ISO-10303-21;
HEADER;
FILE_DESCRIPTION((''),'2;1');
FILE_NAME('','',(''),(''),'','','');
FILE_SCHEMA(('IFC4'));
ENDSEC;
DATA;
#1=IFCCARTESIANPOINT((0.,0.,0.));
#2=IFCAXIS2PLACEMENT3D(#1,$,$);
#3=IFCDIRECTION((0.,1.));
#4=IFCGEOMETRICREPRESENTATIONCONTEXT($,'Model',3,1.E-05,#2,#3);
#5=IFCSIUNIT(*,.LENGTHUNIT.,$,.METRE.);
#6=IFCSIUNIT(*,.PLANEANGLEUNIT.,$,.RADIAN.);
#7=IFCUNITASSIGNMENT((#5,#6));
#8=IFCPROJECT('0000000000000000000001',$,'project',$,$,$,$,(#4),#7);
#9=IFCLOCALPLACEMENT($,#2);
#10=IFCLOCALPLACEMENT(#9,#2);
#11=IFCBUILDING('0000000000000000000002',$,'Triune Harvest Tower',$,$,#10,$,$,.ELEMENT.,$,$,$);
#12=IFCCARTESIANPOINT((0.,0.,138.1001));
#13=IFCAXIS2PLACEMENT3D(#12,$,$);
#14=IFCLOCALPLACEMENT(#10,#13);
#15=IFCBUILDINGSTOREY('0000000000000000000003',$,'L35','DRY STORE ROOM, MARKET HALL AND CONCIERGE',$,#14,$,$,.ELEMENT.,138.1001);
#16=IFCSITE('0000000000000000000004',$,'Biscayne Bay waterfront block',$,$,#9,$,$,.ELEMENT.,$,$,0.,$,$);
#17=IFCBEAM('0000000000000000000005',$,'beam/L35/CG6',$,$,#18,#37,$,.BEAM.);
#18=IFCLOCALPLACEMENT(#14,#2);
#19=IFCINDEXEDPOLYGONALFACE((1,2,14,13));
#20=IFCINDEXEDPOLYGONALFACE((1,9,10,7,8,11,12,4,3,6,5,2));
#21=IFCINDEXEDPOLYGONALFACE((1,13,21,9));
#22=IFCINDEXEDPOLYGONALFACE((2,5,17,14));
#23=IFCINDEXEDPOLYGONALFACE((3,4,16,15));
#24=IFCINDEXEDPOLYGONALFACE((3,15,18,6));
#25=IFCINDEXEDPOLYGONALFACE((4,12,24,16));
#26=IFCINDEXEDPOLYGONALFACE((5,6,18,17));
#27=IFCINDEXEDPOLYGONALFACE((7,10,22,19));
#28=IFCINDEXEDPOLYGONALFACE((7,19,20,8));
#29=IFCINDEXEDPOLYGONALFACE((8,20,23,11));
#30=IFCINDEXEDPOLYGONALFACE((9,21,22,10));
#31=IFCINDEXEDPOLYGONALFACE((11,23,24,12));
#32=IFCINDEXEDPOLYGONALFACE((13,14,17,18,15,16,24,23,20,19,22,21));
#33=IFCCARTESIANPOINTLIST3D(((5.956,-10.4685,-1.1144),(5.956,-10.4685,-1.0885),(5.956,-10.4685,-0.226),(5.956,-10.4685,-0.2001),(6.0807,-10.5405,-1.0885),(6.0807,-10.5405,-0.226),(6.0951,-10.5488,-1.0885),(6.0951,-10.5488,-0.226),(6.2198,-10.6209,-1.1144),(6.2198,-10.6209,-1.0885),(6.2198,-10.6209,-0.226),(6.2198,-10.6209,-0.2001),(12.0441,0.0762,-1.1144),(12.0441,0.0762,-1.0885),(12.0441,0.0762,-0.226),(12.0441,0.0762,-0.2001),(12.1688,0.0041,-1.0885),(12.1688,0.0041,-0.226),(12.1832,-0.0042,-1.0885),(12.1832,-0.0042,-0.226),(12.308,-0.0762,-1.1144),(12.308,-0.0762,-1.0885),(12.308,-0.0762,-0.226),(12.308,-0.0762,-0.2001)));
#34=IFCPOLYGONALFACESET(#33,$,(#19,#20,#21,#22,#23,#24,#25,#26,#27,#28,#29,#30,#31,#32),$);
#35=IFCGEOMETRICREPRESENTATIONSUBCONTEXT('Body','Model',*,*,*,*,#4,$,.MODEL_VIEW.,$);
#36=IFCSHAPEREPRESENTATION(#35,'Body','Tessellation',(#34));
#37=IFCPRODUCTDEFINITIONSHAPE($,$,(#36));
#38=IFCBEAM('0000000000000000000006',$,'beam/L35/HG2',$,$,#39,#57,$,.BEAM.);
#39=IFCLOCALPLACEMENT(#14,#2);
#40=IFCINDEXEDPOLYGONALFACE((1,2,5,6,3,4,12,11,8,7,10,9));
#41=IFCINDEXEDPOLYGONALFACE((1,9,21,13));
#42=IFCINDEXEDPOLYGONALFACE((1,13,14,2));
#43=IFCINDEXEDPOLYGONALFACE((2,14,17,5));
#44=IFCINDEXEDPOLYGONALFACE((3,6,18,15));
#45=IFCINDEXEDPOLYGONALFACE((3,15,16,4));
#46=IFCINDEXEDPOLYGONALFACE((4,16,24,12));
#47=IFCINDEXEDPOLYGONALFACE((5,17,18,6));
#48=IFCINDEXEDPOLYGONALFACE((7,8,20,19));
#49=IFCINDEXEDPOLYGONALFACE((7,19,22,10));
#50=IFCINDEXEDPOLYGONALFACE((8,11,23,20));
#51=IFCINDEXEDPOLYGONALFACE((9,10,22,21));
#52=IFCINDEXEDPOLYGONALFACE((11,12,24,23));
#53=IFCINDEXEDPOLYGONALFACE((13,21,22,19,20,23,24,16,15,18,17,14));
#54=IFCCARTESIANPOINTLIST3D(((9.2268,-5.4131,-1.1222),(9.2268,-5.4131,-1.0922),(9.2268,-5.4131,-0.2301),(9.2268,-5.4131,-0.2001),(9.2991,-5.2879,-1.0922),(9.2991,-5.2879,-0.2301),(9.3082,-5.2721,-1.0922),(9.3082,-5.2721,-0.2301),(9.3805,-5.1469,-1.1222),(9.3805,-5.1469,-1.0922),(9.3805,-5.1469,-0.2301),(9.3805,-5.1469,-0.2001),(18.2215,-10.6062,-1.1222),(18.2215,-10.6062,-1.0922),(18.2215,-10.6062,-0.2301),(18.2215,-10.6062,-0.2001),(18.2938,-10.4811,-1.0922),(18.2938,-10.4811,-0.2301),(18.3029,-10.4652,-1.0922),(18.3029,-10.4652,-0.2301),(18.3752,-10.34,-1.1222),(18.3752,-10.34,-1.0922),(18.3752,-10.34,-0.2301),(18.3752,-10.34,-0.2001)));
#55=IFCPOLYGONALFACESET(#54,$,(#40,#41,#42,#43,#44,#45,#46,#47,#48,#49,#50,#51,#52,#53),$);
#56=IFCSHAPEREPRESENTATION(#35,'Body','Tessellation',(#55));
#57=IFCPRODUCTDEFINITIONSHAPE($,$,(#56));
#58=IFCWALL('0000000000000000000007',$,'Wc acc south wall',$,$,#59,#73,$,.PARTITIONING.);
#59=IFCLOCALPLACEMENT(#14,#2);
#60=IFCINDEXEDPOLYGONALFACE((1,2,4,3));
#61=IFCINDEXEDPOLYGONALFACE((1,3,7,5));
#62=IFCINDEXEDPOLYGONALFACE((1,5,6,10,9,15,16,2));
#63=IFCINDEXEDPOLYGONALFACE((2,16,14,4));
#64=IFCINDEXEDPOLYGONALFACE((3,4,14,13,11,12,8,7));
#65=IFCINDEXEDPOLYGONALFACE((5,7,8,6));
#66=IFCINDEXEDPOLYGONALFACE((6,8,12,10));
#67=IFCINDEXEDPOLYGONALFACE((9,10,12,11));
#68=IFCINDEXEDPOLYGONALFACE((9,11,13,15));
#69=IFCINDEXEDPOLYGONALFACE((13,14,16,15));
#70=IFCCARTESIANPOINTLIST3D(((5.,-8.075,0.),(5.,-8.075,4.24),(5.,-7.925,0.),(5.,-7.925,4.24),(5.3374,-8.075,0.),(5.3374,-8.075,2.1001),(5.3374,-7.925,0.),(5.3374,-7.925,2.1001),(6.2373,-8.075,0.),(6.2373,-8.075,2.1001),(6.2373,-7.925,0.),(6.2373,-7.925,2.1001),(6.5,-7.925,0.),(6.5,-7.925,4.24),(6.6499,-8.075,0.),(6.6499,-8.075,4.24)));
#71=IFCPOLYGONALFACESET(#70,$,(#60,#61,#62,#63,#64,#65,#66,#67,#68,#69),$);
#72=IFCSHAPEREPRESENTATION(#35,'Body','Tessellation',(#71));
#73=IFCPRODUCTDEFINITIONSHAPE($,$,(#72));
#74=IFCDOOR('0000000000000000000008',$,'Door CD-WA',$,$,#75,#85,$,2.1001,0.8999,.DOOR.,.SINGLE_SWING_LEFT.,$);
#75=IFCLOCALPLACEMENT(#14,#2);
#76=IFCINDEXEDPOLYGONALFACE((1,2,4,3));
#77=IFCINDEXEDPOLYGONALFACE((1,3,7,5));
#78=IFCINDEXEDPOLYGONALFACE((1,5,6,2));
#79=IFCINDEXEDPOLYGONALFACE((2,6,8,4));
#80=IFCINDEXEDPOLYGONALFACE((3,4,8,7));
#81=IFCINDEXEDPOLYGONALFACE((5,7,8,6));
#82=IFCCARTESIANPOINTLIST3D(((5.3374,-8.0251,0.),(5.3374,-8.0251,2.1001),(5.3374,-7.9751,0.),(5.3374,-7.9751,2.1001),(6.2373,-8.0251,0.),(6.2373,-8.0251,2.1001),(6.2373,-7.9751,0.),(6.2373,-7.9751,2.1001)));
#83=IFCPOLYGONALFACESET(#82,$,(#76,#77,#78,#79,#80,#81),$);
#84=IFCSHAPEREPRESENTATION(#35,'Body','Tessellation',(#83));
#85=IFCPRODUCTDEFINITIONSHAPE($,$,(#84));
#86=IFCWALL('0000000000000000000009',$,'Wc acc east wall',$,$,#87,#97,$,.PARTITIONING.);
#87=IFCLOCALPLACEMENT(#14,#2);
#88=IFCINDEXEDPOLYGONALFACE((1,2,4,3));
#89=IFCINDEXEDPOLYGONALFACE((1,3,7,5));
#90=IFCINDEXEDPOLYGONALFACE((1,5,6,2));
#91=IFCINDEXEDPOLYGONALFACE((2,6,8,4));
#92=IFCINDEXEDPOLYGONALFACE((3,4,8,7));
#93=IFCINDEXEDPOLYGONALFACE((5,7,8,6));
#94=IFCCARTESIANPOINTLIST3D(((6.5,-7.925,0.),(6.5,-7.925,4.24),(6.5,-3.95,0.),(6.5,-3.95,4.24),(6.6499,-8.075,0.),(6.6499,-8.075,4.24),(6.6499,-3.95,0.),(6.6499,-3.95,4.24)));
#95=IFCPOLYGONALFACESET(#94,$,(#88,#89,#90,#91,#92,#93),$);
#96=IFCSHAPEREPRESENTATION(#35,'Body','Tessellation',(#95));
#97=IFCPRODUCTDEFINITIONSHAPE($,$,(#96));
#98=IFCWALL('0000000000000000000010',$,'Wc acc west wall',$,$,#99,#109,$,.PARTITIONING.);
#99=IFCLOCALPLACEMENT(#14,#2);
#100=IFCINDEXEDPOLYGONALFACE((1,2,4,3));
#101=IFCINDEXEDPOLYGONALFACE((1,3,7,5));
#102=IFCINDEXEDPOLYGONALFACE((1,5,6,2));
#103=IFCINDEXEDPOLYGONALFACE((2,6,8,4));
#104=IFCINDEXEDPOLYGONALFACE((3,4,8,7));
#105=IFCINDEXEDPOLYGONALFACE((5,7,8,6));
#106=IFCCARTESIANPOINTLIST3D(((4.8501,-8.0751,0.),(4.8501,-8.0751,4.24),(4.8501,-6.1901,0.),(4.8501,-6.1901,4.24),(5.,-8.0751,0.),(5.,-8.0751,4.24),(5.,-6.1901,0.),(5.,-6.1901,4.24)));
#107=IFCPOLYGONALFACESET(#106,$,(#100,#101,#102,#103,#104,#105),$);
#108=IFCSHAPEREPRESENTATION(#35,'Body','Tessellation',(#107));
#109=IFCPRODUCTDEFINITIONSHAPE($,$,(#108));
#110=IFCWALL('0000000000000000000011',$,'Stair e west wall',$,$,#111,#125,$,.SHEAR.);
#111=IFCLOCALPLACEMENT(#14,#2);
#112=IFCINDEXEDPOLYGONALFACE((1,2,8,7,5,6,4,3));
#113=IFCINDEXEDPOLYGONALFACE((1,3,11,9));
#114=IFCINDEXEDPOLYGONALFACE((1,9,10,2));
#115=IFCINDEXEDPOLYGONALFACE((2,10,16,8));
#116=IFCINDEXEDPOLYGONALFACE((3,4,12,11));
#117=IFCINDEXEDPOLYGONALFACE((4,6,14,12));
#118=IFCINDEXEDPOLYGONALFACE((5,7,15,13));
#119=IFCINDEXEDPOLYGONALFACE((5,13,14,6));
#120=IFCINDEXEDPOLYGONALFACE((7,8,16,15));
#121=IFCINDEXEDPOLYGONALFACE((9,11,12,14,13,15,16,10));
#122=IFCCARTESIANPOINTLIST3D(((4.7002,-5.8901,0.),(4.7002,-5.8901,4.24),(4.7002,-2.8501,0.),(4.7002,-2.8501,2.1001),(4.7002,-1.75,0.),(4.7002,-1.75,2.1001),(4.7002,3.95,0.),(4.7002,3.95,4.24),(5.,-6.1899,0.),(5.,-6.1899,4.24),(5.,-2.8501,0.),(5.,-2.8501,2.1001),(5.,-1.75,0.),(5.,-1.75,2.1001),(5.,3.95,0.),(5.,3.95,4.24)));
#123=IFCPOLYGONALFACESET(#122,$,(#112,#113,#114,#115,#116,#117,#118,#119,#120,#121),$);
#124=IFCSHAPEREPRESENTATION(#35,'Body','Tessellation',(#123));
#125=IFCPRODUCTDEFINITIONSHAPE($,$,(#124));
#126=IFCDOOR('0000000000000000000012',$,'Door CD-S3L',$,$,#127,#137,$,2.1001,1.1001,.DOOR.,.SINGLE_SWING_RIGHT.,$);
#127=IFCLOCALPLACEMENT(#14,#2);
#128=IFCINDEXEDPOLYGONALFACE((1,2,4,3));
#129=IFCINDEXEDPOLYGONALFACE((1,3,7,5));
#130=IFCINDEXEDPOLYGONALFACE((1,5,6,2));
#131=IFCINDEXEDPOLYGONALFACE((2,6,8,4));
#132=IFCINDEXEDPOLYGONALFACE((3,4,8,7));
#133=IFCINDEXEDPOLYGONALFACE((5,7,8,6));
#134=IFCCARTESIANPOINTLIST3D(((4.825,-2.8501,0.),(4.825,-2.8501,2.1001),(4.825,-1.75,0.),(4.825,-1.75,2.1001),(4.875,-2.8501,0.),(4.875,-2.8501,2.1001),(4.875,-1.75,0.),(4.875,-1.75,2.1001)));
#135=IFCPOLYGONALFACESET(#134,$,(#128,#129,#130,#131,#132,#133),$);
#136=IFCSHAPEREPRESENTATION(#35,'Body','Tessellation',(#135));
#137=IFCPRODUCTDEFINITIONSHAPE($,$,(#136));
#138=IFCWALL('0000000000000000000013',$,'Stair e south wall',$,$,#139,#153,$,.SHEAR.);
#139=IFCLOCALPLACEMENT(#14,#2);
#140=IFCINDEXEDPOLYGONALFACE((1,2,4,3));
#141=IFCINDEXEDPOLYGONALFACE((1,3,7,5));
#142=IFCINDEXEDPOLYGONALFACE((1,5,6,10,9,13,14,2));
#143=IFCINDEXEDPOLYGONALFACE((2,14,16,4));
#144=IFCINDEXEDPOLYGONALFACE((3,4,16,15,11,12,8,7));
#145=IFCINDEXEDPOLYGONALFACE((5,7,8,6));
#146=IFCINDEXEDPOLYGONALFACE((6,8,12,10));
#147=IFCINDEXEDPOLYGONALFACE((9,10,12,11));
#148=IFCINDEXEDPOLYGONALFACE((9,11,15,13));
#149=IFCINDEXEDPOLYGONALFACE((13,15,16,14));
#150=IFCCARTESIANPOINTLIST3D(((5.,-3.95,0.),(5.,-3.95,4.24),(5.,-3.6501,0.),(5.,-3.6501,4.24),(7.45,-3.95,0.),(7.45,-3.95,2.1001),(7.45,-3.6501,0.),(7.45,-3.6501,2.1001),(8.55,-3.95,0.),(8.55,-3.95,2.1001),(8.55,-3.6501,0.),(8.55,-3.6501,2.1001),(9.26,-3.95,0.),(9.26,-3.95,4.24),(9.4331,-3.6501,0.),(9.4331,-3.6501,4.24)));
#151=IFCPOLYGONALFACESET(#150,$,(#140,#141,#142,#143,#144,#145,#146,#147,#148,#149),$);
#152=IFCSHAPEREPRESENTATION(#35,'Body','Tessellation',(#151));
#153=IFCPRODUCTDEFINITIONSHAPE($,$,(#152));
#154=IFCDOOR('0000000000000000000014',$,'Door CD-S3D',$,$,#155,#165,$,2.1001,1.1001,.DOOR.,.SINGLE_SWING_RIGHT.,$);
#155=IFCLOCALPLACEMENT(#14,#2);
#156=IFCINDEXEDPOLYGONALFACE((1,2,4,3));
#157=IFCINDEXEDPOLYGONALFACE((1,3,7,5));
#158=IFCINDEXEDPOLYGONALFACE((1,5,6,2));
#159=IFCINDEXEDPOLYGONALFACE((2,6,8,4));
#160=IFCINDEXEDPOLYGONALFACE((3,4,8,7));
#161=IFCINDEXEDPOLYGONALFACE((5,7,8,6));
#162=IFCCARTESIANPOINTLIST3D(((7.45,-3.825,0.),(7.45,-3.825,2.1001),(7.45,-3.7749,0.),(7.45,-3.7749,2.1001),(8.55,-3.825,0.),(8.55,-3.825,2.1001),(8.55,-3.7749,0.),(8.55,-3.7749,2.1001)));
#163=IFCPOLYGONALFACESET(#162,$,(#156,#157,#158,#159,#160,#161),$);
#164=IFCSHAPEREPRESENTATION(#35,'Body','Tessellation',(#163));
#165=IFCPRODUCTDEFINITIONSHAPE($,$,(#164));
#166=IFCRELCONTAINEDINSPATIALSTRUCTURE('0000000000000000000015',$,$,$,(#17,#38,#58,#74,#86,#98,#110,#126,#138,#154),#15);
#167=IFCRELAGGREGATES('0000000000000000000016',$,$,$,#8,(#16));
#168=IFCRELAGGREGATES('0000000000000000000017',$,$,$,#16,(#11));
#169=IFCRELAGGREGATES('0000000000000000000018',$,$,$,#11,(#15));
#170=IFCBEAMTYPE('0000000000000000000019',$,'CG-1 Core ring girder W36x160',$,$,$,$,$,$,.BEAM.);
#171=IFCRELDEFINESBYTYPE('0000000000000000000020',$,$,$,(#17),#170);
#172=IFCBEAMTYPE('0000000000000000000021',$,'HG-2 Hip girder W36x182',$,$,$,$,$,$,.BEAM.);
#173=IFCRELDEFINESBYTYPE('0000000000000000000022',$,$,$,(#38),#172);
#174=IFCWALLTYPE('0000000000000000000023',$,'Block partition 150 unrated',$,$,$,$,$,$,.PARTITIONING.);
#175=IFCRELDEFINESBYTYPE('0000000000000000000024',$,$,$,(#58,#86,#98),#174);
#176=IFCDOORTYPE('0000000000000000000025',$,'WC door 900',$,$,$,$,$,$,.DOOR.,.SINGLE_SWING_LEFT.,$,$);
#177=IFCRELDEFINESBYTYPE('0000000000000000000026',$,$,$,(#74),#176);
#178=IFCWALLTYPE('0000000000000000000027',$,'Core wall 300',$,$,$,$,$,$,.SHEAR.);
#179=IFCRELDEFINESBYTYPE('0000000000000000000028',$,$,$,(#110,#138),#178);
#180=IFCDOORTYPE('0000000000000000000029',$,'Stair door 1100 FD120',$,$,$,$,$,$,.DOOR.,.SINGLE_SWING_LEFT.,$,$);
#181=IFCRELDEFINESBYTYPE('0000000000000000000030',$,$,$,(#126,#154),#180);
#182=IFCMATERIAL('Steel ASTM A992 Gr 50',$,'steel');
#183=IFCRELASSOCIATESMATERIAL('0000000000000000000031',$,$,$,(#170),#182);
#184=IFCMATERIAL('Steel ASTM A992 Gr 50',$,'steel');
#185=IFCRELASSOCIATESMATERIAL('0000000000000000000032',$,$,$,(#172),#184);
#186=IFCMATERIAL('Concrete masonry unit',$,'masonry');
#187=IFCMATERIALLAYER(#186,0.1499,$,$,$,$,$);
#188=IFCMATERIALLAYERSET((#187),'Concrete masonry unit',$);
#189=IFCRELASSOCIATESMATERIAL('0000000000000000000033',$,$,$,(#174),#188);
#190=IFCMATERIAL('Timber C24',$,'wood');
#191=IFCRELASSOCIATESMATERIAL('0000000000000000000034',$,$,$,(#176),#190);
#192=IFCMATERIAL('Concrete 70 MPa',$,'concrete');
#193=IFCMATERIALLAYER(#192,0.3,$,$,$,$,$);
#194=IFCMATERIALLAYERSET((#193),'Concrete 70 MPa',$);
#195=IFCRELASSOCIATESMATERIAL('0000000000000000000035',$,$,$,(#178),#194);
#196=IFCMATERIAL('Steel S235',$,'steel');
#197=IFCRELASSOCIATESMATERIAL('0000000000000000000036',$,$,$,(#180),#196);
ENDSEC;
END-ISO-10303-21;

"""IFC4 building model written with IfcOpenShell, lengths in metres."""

from ifc_helpers import new_model, si_unit, direction, frame, frame_2d, origin, origin_2d, place, context, subcontext, project, spatial, polyline, rectangle, i_section, outline, extrude, source, transform, mapped, material, layer, layer_set, material_profile, profile_set, type_object, element, fill, save


model = new_model("IFC4")

# Units and contexts
model_context = context("Model", 3, precision=1e-05, world=origin(), true_north=direction((0.0, 1.0)))
body_context = subcontext(model_context, "Body", "Model", "MODEL_VIEW")
ifc_project = project(units=[si_unit("LENGTHUNIT", "METRE"), si_unit("PLANEANGLEUNIT", "RADIAN")], contexts=[model_context])

# Site, building, storey
site_placement = place(None, origin())
site = spatial("IfcSite", under=ifc_project, at=site_placement, Name="Biscayne Bay waterfront block", CompositionType="ELEMENT", RefElevation=0.0)
building_placement = place(site_placement, origin())
building = spatial("IfcBuilding", under=site, at=building_placement, Name="Triune Harvest Tower", CompositionType="ELEMENT")
storey_placement = place(building_placement, frame((0.0, 0.0, 138.1001)))
storey = spatial("IfcBuildingStorey", under=building, at=storey_placement, Name="L35", Description="DRY STORE ROOM, MARKET HALL AND CONCIERGE", CompositionType="ELEMENT", Elevation=138.1001)

# Beams
ifc_material_1 = material(Name="Steel ASTM A992 Gr 50", Category="steel")
ifc_material_profile_1 = material_profile(ifc_material_1, i_section(OverallWidth=0.3047, OverallDepth=0.9143, WebThickness=0.0166, FlangeThickness=0.0259, at=origin_2d()), Name="W36x160")
ifc_profile_set_1 = profile_set([ifc_material_profile_1], Name="Steel ASTM A992 Gr 50")
beam_type_1 = type_object("IfcBeamType", Name="CG-1 Core ring girder W36x160", PredefinedType="BEAM", material=ifc_profile_set_1)
shared_shape_1 = source(origin(), body_context, "Body", "SweptSolid", [
    extrude(i_section(OverallWidth=0.3047, OverallDepth=0.9143, WebThickness=0.0166, FlangeThickness=0.0259, at=origin_2d()), origin(), (0.0, 0.0, 1.0), 12.176),
])
beam_1_placement = place(storey_placement, frame((6.0879, -10.5447, -0.6572), z_axis=(0.50001, 0.86602, 0.0), x_axis=(-0.86602, 0.50001, 0.0)))
element("IfcBeam", 1, at=beam_1_placement, inside=storey, type_object=beam_type_1, Name="beam/L35/CG6", PredefinedType="BEAM", context=body_context, shape_type="MappedRepresentation", body=[
    mapped(shared_shape_1, transform((0.0, 0.0, 0.0), scale=1.0)),
])
ifc_material_2 = material(Name="Steel ASTM A992 Gr 50", Category="steel")
ifc_material_profile_2 = material_profile(ifc_material_2, i_section(OverallWidth=0.3074, OverallDepth=0.9221, WebThickness=0.0183, FlangeThickness=0.03, at=origin_2d()), Name="W36x182")
ifc_profile_set_2 = profile_set([ifc_material_profile_2], Name="Steel ASTM A992 Gr 50")
beam_type_2 = type_object("IfcBeamType", Name="HG-2 Hip girder W36x182", PredefinedType="BEAM", material=ifc_profile_set_2)
shared_shape_2 = source(origin(), body_context, "Body", "SweptSolid", [
    extrude(i_section(OverallWidth=0.3074, OverallDepth=0.9221, WebThickness=0.0183, FlangeThickness=0.03, at=origin_2d()), origin(), (0.0, 0.0, 1.0), 10.3862),
])
beam_2_placement = place(storey_placement, frame((18.2983, -10.4731, -0.6611), z_axis=(-0.866023, 0.500005, 0.0), x_axis=(-0.500005, -0.866023, 0.0)))
element("IfcBeam", 2, at=beam_2_placement, inside=storey, type_object=beam_type_2, Name="beam/L35/HG2", PredefinedType="BEAM", context=body_context, shape_type="MappedRepresentation", body=[
    mapped(shared_shape_2, transform((0.0, 0.0, 0.0), scale=1.0)),
])

# Wall, opening, door
ifc_material_3 = material(Name="Concrete masonry unit", Category="masonry")
ifc_layer_1 = layer(ifc_material_3, 0.1499)
ifc_layer_set_1 = layer_set([ifc_layer_1], Name="Concrete masonry unit")
wall_type_1 = type_object("IfcWallType", Name="Block partition 150 unrated", PredefinedType="PARTITIONING", material=ifc_layer_set_1)
wall_1_placement = place(storey_placement, frame((5.0, -8.0, 0.0), z_axis=(0.0, 0.0, 1.0), x_axis=(1.0, 0.0, 0.0)))
wall_1 = element("IfcWall", 3, at=wall_1_placement, inside=storey, type_object=wall_type_1, Name="Wc acc south wall", PredefinedType="PARTITIONING", context=body_context, shape_type="SweptSolid", body=[
    extrude(outline(polyline([(0.0, -0.075), (1.6499, -0.075), (1.5, 0.075), (0.0, 0.075), (0.0, -0.075)])), origin(), (0.0, 0.0, 1.0), 4.24),
])
opening_1_placement = place(wall_1_placement, frame((0.3374, 0.0, 0.0)))
opening_1 = element("IfcOpeningElement", 4, at=opening_1_placement, cuts=wall_1, PredefinedType="OPENING", context=body_context, shape_type="SweptSolid", body=[
    extrude(rectangle(XDim=0.8999, YDim=2.1001, at=frame_2d((0.45, 1.05))), frame((0.0, 0.085, 0.0), z_axis=(0.0, -1.0, 0.0), x_axis=(1.0, 0.0, 0.0)), (0.0, 0.0, 1.0), 0.1699),
])
ifc_material_4 = material(Name="Timber C24", Category="wood")
door_type_1 = type_object("IfcDoorType", Name="WC door 900", OperationType="SINGLE_SWING_LEFT", PredefinedType="DOOR", material=ifc_material_4)
door_1_placement = place(opening_1_placement, origin())
door_1 = element("IfcDoor", 5, at=door_1_placement, inside=storey, type_object=door_type_1, Name="Door CD-WA", OperationType="SINGLE_SWING_LEFT", OverallHeight=2.1001, OverallWidth=0.8999, PredefinedType="DOOR", context=body_context, shape_type="SweptSolid", body=[
    extrude(rectangle(XDim=0.8999, YDim=2.1001, at=frame_2d((0.45, 1.05))), frame((0.0, 0.0249, 0.0), z_axis=(0.0, -1.0, 0.0), x_axis=(1.0, 0.0, 0.0)), (0.0, 0.0, 1.0), 0.05),
])
fill(opening_1, door_1)

# Walls
wall_2_placement = place(storey_placement, frame((6.575, -8.0, 0.0), z_axis=(0.0, 0.0, 1.0), x_axis=(0.0, 1.0, 0.0)))
element("IfcWall", 6, at=wall_2_placement, inside=storey, type_object=wall_type_1, Name="Wc acc east wall", PredefinedType="PARTITIONING", context=body_context, shape_type="SweptSolid", body=[
    extrude(outline(polyline([(-0.075, -0.075), (4.05, -0.075), (4.05, 0.075), (0.075, 0.075), (-0.075, -0.075)])), origin(), (0.0, 0.0, 1.0), 4.24),
])
wall_3_placement = place(storey_placement, frame((4.925, -8.075, 0.0), z_axis=(0.0, 0.0, 1.0), x_axis=(0.0, 1.0, 0.0)))
element("IfcWall", 7, at=wall_3_placement, inside=storey, type_object=wall_type_1, Name="Wc acc west wall", PredefinedType="PARTITIONING", context=body_context, shape_type="SweptSolid", body=[
    extrude(rectangle(XDim=1.885, YDim=0.1499, at=frame_2d((0.9424, 0.0))), origin(), (0.0, 0.0, 1.0), 4.24),
])

# Walls, openings, doors
ifc_material_5 = material(Name="Concrete 70 MPa", Category="concrete")
ifc_layer_2 = layer(ifc_material_5, 0.3)
ifc_layer_set_2 = layer_set([ifc_layer_2], Name="Concrete 70 MPa")
wall_type_2 = type_object("IfcWallType", Name="Core wall 300", PredefinedType="SHEAR", material=ifc_layer_set_2)
wall_4_placement = place(storey_placement, frame((4.8501, -6.04, 0.0), z_axis=(0.0, 0.0, 1.0), x_axis=(0.0, 1.0, 0.0)))
wall_4 = element("IfcWall", 8, at=wall_4_placement, inside=storey, type_object=wall_type_2, Name="Stair e west wall", PredefinedType="SHEAR", context=body_context, shape_type="SweptSolid", body=[
    extrude(outline(polyline([(-0.1499, -0.1499), (9.99, -0.1499), (9.99, 0.1499), (0.1499, 0.1499), (-0.1499, -0.1499)])), origin(), (0.0, 0.0, 1.0), 4.24),
])
opening_2_placement = place(wall_4_placement, frame((3.1899, 0.0, 0.0)))
opening_2 = element("IfcOpeningElement", 9, at=opening_2_placement, cuts=wall_4, PredefinedType="OPENING", context=body_context, shape_type="SweptSolid", body=[
    extrude(rectangle(XDim=1.1001, YDim=2.1001, at=frame_2d((0.55, 1.05))), frame((0.0, 0.1602, 0.0), z_axis=(0.0, -1.0, 0.0), x_axis=(1.0, 0.0, 0.0)), (0.0, 0.0, 1.0), 0.3201),
])
ifc_material_6 = material(Name="Steel S235", Category="steel")
door_type_2 = type_object("IfcDoorType", Name="Stair door 1100 FD120", OperationType="SINGLE_SWING_LEFT", PredefinedType="DOOR", material=ifc_material_6)
door_2_placement = place(opening_2_placement, frame((1.1001, 0.0, 0.0), z_axis=(0.0, 0.0, 1.0), x_axis=(-1.0, 0.0, 0.0)))
door_2 = element("IfcDoor", 10, at=door_2_placement, inside=storey, type_object=door_type_2, Name="Door CD-S3L", OperationType="SINGLE_SWING_RIGHT", OverallHeight=2.1001, OverallWidth=1.1001, PredefinedType="DOOR", context=body_context, shape_type="SweptSolid", body=[
    extrude(rectangle(XDim=1.1001, YDim=2.1001, at=frame_2d((0.55, 1.05))), frame((0.0, 0.0249, 0.0), z_axis=(0.0, -1.0, 0.0), x_axis=(1.0, 0.0, 0.0)), (0.0, 0.0, 1.0), 0.05),
])
fill(opening_2, door_2)
wall_5_placement = place(storey_placement, frame((5.0, -3.8, 0.0), z_axis=(0.0, 0.0, 1.0), x_axis=(1.0, 0.0, 0.0)))
wall_5 = element("IfcWall", 11, at=wall_5_placement, inside=storey, type_object=wall_type_2, Name="Stair e south wall", PredefinedType="SHEAR", context=body_context, shape_type="SweptSolid", body=[
    extrude(outline(polyline([(0.0, -0.1499), (0.0, 0.1499), (4.4331, 0.1499), (4.26, -0.1499), (0.0, -0.1499)])), origin(), (0.0, 0.0, 1.0), 4.24),
])
opening_3_placement = place(wall_5_placement, frame((2.45, 0.0, 0.0)))
opening_3 = element("IfcOpeningElement", 12, at=opening_3_placement, cuts=wall_5, PredefinedType="OPENING", context=body_context, shape_type="SweptSolid", body=[
    extrude(rectangle(XDim=1.1001, YDim=2.1001, at=frame_2d((0.55, 1.05))), frame((0.0, 0.1602, 0.0), z_axis=(0.0, -1.0, 0.0), x_axis=(1.0, 0.0, 0.0)), (0.0, 0.0, 1.0), 0.3201),
])
door_3_placement = place(opening_3_placement, frame((1.1001, 0.0, 0.0), z_axis=(0.0, 0.0, 1.0), x_axis=(-1.0, 0.0, 0.0)))
door_3 = element("IfcDoor", 13, at=door_3_placement, inside=storey, type_object=door_type_2, Name="Door CD-S3D", OperationType="SINGLE_SWING_RIGHT", OverallHeight=2.1001, OverallWidth=1.1001, PredefinedType="DOOR", context=body_context, shape_type="SweptSolid", body=[
    extrude(rectangle(XDim=1.1001, YDim=2.1001, at=frame_2d((0.55, 1.05))), frame((0.0, 0.0249, 0.0), z_axis=(0.0, -1.0, 0.0), x_axis=(1.0, 0.0, 0.0)), (0.0, 0.0, 1.0), 0.05),
])
fill(opening_3, door_3)

save(model, "model.ifc")
